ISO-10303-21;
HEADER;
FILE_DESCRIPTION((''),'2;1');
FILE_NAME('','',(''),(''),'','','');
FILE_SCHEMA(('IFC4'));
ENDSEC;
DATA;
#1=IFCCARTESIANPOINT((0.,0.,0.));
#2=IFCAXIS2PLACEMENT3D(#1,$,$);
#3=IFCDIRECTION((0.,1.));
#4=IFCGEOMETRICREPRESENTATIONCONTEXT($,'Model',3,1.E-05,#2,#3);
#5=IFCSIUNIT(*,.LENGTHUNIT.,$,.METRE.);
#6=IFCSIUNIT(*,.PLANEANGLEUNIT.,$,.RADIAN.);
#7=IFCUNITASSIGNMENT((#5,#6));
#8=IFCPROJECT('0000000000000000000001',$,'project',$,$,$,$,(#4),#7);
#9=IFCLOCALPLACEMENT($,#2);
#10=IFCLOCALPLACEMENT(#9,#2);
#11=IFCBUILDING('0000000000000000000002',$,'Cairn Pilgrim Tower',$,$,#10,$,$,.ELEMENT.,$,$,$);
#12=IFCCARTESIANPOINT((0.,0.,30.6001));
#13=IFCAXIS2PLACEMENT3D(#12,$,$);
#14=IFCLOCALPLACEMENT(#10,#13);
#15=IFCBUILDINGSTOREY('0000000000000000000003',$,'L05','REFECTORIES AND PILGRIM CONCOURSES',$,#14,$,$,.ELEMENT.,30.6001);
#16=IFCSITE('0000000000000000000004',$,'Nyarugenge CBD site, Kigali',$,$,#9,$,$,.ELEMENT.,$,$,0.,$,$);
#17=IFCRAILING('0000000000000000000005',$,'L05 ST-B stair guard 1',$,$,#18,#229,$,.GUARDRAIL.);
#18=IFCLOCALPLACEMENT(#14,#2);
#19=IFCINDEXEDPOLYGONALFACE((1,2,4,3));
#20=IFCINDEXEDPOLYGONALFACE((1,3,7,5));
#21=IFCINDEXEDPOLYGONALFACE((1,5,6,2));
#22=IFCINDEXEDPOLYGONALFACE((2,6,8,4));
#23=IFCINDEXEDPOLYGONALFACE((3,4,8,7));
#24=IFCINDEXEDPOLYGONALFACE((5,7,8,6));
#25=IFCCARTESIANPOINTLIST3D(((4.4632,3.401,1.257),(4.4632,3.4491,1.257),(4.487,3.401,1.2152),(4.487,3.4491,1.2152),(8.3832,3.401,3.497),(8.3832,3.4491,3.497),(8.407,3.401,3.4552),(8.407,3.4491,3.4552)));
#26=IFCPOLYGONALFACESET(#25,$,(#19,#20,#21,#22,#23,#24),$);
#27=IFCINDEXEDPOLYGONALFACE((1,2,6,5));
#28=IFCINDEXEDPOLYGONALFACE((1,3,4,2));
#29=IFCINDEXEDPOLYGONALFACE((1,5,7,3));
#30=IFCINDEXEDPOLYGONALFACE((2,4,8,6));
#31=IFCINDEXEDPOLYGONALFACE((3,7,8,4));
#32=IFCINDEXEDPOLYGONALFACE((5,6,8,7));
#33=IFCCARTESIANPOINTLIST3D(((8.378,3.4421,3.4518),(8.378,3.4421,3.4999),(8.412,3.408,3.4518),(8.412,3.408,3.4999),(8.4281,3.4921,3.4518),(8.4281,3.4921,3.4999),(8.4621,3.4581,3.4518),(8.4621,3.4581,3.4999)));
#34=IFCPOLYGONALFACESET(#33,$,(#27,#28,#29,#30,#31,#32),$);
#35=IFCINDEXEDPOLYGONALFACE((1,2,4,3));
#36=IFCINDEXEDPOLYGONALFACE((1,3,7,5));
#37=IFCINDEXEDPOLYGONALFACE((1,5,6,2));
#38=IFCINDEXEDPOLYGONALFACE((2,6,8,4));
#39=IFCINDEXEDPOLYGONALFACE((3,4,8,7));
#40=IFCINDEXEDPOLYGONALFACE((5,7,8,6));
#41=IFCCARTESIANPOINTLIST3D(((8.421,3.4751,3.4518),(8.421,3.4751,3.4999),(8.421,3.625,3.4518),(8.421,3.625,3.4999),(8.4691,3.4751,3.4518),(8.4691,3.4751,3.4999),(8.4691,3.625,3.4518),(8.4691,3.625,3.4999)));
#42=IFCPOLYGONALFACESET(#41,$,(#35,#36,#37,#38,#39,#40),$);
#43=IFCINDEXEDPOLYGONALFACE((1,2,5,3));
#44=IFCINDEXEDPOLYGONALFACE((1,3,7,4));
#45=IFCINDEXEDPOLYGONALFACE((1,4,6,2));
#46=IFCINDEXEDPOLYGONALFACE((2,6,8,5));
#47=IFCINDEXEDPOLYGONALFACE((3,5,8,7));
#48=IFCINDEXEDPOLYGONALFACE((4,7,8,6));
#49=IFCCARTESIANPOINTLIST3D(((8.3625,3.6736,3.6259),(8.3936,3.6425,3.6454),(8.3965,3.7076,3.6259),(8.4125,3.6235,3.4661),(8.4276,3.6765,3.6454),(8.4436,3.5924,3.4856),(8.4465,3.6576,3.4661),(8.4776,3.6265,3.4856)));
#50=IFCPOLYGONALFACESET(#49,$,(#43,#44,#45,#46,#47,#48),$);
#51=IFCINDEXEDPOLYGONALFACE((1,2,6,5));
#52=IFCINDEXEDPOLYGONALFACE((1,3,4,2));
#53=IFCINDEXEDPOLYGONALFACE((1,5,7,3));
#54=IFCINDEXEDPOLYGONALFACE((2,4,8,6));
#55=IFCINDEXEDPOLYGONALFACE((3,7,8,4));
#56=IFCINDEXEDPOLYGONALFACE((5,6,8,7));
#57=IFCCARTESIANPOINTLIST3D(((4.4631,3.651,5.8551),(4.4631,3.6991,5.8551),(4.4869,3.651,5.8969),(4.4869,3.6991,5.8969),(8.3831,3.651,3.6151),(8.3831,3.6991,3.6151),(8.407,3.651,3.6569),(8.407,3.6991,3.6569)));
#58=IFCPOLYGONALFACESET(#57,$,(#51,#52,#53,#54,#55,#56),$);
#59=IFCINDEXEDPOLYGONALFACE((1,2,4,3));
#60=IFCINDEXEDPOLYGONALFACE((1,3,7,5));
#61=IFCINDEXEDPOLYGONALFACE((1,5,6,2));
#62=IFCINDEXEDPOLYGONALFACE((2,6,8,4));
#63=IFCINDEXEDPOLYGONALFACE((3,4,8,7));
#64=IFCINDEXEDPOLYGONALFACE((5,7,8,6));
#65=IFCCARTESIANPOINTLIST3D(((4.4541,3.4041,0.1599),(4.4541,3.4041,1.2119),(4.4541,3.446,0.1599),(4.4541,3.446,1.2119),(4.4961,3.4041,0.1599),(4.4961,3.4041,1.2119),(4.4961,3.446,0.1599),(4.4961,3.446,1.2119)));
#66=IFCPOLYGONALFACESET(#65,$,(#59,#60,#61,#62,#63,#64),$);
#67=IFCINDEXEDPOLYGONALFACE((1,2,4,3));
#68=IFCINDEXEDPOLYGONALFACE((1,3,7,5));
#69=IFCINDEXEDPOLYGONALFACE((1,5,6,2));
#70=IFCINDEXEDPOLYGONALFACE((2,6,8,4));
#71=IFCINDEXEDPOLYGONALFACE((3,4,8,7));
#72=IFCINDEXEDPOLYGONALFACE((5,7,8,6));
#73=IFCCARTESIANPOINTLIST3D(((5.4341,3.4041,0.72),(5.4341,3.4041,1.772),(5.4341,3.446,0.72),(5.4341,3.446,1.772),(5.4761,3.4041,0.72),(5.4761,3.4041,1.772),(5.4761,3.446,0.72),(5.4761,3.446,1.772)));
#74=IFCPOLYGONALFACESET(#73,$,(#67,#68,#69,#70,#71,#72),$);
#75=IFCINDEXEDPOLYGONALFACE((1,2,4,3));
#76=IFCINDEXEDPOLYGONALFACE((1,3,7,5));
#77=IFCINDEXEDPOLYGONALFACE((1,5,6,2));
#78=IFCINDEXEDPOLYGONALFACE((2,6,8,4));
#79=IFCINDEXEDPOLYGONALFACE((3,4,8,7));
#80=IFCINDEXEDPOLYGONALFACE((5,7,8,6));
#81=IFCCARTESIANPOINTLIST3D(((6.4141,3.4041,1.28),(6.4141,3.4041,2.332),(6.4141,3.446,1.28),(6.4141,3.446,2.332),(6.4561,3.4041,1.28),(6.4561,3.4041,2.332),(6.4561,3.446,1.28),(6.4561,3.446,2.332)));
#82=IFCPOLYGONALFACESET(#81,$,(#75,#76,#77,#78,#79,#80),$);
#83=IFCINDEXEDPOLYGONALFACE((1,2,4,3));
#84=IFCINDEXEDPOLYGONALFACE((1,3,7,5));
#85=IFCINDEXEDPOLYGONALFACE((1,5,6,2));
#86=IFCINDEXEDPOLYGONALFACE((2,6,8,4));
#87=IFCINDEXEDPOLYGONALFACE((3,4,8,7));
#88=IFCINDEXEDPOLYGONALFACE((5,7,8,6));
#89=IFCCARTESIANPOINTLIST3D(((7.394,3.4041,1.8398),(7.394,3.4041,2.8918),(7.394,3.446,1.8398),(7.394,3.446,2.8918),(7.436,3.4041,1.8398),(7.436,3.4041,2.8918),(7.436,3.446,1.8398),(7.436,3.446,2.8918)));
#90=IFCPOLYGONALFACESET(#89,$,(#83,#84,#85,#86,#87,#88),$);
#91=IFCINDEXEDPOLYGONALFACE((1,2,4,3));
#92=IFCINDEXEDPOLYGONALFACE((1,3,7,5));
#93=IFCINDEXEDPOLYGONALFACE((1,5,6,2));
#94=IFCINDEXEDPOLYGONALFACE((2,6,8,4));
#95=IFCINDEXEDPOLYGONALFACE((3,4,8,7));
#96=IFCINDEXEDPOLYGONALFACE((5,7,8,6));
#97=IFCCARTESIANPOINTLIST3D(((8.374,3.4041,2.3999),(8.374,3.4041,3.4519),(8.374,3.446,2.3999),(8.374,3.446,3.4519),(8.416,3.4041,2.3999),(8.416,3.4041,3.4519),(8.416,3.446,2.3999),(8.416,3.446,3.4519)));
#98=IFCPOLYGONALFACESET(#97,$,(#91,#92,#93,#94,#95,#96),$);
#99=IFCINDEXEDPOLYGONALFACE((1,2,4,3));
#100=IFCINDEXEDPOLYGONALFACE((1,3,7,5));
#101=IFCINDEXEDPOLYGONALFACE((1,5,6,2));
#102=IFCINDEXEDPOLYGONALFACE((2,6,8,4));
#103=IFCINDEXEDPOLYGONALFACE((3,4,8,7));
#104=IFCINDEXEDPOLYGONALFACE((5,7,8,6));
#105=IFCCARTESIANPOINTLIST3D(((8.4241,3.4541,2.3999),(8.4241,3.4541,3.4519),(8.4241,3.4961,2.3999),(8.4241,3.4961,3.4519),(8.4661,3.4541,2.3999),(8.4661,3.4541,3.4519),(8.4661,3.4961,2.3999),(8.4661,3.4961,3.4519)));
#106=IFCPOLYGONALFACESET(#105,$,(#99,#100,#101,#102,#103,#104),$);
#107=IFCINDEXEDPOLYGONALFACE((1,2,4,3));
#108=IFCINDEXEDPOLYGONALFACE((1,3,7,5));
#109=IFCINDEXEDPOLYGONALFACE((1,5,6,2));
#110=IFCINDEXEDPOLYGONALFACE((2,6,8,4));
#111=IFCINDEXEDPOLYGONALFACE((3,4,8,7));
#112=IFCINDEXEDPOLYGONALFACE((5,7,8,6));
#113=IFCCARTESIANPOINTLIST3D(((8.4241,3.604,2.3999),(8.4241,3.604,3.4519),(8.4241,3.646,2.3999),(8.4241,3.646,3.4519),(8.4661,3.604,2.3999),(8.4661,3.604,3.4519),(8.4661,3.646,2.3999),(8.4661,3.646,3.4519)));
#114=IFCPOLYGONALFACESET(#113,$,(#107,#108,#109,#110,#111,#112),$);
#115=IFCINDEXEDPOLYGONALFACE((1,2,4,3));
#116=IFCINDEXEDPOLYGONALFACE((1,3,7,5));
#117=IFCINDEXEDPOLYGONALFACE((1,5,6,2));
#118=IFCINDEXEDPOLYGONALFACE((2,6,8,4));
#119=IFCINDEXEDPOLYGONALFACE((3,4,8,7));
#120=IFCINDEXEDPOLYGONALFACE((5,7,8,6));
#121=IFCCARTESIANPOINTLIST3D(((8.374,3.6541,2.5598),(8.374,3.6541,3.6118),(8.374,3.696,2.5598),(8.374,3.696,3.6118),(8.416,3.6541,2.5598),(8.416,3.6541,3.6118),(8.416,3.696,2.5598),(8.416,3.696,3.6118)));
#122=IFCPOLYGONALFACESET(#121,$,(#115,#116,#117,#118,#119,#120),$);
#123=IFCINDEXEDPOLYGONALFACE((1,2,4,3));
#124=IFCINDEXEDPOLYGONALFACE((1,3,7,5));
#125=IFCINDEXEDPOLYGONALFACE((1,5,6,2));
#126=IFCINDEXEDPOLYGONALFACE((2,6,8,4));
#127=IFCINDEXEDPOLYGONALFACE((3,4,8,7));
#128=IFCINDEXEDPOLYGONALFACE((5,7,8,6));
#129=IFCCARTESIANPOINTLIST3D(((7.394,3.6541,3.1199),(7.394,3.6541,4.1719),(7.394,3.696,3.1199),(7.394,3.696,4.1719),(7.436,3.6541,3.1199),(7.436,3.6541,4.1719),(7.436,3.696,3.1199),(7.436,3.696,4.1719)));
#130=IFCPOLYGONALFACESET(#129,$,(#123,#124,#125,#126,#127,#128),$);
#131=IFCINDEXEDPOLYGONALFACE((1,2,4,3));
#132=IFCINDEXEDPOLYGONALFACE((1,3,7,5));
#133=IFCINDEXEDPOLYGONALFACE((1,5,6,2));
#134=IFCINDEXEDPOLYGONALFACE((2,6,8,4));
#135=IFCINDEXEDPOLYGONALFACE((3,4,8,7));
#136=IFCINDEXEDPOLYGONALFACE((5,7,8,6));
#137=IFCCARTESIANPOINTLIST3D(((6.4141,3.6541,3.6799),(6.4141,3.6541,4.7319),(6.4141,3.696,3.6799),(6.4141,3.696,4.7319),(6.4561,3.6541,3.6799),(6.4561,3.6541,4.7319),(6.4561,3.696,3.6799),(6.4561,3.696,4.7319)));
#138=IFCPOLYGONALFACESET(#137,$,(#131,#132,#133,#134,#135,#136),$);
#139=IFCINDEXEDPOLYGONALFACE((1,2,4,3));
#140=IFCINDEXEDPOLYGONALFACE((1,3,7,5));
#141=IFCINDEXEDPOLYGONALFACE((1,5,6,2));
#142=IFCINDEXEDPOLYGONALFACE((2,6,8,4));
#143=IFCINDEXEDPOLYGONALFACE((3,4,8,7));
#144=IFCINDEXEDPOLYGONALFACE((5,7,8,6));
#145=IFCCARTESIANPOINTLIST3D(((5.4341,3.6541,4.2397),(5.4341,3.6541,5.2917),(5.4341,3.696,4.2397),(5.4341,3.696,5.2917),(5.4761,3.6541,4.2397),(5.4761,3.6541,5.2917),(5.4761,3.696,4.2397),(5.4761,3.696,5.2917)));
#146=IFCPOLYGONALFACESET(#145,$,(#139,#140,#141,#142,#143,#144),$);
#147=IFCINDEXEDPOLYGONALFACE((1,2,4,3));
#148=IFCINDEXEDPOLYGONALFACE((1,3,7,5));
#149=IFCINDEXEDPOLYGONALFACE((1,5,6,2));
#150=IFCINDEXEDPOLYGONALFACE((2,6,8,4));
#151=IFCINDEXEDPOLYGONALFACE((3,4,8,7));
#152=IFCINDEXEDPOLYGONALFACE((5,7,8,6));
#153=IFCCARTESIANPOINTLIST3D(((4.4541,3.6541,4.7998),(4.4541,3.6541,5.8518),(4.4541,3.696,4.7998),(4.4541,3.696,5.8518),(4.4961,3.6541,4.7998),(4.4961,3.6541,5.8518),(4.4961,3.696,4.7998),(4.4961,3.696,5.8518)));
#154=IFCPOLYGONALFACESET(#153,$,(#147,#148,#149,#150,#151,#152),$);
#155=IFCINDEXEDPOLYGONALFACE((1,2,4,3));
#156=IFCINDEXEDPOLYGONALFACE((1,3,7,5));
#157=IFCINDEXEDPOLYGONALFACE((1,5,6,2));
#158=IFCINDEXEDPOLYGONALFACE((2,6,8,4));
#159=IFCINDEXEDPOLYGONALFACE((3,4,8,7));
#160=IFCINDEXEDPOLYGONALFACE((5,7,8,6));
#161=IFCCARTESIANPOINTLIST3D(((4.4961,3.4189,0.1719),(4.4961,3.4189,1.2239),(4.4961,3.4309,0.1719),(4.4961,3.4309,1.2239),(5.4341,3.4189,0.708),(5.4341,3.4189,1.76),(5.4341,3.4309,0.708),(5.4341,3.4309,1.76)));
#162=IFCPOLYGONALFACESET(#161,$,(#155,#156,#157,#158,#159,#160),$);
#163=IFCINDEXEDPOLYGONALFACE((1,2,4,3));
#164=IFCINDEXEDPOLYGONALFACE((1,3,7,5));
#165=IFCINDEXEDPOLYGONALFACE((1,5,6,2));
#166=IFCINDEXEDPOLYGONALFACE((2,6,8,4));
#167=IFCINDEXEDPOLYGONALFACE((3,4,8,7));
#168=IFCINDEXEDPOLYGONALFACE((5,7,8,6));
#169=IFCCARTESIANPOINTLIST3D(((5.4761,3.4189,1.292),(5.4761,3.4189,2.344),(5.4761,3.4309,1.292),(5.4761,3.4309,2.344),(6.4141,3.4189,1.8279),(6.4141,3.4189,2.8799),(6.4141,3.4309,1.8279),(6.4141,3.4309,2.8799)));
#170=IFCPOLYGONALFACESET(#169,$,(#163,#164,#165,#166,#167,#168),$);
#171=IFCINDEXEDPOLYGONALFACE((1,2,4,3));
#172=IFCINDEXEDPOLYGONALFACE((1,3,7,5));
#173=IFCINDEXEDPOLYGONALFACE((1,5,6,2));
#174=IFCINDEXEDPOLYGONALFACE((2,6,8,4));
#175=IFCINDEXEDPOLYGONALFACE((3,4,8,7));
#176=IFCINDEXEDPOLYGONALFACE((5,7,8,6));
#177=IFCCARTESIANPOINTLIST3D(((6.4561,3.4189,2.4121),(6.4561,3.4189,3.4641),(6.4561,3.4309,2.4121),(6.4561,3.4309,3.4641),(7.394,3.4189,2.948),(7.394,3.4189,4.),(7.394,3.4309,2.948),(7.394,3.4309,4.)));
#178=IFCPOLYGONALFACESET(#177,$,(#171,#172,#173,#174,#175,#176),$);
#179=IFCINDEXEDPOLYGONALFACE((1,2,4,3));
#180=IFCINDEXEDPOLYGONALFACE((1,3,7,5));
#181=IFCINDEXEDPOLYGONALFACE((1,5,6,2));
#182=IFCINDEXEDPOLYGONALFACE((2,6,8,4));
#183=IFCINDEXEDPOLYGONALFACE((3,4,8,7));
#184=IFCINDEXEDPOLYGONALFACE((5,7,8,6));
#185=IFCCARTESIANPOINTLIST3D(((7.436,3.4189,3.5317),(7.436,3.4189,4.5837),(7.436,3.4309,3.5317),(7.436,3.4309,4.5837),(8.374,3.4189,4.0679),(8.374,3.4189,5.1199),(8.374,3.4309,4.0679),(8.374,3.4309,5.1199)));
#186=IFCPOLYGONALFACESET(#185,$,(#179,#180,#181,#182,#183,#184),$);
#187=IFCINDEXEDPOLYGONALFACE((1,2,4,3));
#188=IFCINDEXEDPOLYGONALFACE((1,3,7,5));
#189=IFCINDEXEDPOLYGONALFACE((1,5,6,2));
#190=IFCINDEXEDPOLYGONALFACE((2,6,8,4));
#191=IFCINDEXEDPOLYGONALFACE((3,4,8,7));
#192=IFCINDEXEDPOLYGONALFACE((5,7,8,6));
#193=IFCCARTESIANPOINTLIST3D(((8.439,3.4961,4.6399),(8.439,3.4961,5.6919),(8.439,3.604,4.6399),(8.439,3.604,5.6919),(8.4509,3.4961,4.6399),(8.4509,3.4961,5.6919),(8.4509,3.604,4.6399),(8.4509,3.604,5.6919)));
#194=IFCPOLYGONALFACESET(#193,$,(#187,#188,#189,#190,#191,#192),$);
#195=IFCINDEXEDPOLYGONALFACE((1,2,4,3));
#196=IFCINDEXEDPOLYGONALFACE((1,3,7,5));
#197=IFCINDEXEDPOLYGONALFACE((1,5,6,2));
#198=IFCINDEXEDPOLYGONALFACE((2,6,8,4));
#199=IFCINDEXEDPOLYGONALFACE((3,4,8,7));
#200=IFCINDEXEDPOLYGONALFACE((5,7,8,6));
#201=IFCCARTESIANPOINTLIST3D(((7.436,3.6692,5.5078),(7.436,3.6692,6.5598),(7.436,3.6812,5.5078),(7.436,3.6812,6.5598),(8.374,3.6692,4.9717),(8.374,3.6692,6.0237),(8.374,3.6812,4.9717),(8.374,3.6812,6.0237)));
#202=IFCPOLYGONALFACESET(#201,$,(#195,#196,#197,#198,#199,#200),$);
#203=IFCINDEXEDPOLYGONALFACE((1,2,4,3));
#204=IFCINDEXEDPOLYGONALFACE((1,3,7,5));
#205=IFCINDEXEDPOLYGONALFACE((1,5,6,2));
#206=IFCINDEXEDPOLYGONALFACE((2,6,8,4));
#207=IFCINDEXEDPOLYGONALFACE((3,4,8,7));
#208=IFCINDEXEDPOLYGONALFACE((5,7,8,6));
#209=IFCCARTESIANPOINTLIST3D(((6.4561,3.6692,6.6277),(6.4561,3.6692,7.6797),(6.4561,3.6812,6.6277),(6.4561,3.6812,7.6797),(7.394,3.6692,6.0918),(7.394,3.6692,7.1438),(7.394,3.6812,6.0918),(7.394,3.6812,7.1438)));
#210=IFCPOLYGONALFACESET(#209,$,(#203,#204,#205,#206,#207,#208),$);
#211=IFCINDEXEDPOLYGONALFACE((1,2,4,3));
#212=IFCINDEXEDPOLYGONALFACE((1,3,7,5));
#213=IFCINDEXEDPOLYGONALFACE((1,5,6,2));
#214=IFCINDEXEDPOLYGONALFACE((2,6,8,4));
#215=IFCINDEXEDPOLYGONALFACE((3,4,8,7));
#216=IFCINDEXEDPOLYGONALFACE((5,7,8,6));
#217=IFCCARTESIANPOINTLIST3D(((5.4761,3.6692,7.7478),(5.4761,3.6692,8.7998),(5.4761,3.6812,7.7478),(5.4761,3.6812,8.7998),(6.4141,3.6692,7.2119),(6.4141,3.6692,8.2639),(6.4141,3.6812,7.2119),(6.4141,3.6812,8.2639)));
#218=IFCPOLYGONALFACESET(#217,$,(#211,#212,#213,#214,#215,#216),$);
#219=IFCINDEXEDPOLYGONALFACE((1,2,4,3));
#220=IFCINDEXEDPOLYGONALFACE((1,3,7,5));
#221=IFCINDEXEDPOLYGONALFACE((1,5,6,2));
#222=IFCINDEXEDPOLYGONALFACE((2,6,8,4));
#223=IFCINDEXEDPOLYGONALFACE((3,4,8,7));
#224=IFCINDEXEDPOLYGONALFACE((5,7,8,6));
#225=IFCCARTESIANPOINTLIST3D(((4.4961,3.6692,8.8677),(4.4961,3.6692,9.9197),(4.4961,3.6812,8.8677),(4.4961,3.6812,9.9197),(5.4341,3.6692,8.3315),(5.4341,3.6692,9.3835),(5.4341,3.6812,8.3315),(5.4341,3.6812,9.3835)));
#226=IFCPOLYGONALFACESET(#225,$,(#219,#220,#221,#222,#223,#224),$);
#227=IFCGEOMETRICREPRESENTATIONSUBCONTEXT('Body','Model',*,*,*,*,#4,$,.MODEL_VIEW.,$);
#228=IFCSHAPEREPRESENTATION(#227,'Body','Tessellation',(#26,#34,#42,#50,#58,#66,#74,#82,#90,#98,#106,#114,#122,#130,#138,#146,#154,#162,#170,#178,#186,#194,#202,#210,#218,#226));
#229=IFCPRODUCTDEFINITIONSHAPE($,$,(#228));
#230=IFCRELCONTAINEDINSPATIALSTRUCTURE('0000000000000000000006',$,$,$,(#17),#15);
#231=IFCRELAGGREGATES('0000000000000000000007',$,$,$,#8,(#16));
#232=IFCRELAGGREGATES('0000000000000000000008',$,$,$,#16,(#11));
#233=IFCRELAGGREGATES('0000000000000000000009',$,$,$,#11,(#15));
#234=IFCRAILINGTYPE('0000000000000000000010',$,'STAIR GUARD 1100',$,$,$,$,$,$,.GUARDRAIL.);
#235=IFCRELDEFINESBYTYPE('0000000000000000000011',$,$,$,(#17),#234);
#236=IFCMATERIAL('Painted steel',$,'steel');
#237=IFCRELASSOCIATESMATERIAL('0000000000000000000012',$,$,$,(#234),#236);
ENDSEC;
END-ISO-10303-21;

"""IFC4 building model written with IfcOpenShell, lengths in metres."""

from ifc_helpers import new_model, si_unit, direction, frame, origin, origin_2d, place, context, subcontext, project, spatial, polyline, rectangle, outline, extrude, material, type_object, element, save


model = new_model("IFC4")

# Units and contexts
model_context = context("Model", 3, precision=1e-05, world=origin(), true_north=direction((0.0, 1.0)))
body_context = subcontext(model_context, "Body", "Model", "MODEL_VIEW")
ifc_project = project(units=[si_unit("LENGTHUNIT", "METRE"), si_unit("PLANEANGLEUNIT", "RADIAN")], contexts=[model_context])

# Site, building, storey
site_placement = place(None, origin())
site = spatial("IfcSite", under=ifc_project, at=site_placement, Name="Nyarugenge CBD site, Kigali", CompositionType="ELEMENT", RefElevation=0.0)
building_placement = place(site_placement, origin())
building = spatial("IfcBuilding", under=site, at=building_placement, Name="Cairn Pilgrim Tower", CompositionType="ELEMENT")
storey_placement = place(building_placement, frame((0.0, 0.0, 30.6001)))
storey = spatial("IfcBuildingStorey", under=building, at=storey_placement, Name="L05", Description="REFECTORIES AND PILGRIM CONCOURSES", CompositionType="ELEMENT", Elevation=30.6001)

# Shared definitions
ifc_material_1 = material(Name="Painted steel", Category="steel")

# Railing
railing_type_1 = type_object("IfcRailingType", Name="STAIR GUARD 1100", PredefinedType="GUARDRAIL", material=ifc_material_1)
railing_1_placement = place(storey_placement, frame((4.4751, 3.425, 0.1599)))
element("IfcRailing", 1, at=railing_1_placement, inside=storey, type_object=railing_type_1, Name="L05 ST-B stair guard 1", PredefinedType="GUARDRAIL", context=body_context, shape_type="SweptSolid", body=[
    extrude(rectangle(XDim=0.0481, YDim=0.0481, at=origin_2d()), frame((0.0, 0.0, 1.0762), z_axis=(0.86824, 0.0, 0.496145), x_axis=(0.0, 1.0, 0.0)), (0.0, 0.0, 1.0), 4.5149),
    extrude(rectangle(XDim=0.0481, YDim=0.0481, at=origin_2d()), frame((3.9199, 0.0, 3.3159), z_axis=(0.707107, 0.707107, 0.0), x_axis=(-0.707107, 0.707107, 0.0)), (0.0, 0.0, 1.0), 0.0708),
    extrude(rectangle(XDim=0.0481, YDim=0.0481, at=origin_2d()), frame((3.97, 0.05, 3.3159), z_axis=(0.0, 1.0, 0.0), x_axis=(-1.0, 0.0, 0.0)), (0.0, 0.0, 1.0), 0.1499),
    extrude(rectangle(XDim=0.0481, YDim=0.0481, at=origin_2d()), frame((3.97, 0.2, 3.3159), z_axis=(-0.286196, 0.286196, 0.914431), x_axis=(-0.707107, -0.707107, 0.0)), (0.0, 0.0, 1.0), 0.1748),
    extrude(rectangle(XDim=0.0481, YDim=0.0481, at=origin_2d()), frame((3.9199, 0.25, 3.4761), z_axis=(-0.86824, 0.0, 0.496145), x_axis=(0.0, -1.0, 0.0)), (0.0, 0.0, 1.0), 4.5149),
    extrude(rectangle(XDim=0.042, YDim=0.042, at=origin_2d()), origin(), (0.0, 0.0, 1.0), 1.052),
    extrude(rectangle(XDim=0.042, YDim=0.042, at=origin_2d()), frame((0.98, 0.0, 0.5601)), (0.0, 0.0, 1.0), 1.052),
    extrude(rectangle(XDim=0.042, YDim=0.042, at=origin_2d()), frame((1.96, 0.0, 1.1201)), (0.0, 0.0, 1.0), 1.052),
    extrude(rectangle(XDim=0.042, YDim=0.042, at=origin_2d()), frame((2.9399, 0.0, 1.6799)), (0.0, 0.0, 1.0), 1.052),
    extrude(rectangle(XDim=0.042, YDim=0.042, at=origin_2d()), frame((3.9199, 0.0, 2.24)), (0.0, 0.0, 1.0), 1.052),
    extrude(rectangle(XDim=0.042, YDim=0.042, at=origin_2d()), frame((3.97, 0.05, 2.24)), (0.0, 0.0, 1.0), 1.052),
    extrude(rectangle(XDim=0.042, YDim=0.042, at=origin_2d()), frame((3.97, 0.2, 2.24)), (0.0, 0.0, 1.0), 1.052),
    extrude(rectangle(XDim=0.042, YDim=0.042, at=origin_2d()), frame((3.9199, 0.25, 2.3999)), (0.0, 0.0, 1.0), 1.052),
    extrude(rectangle(XDim=0.042, YDim=0.042, at=origin_2d()), frame((2.9399, 0.25, 2.96)), (0.0, 0.0, 1.0), 1.052),
    extrude(rectangle(XDim=0.042, YDim=0.042, at=origin_2d()), frame((1.96, 0.25, 3.52)), (0.0, 0.0, 1.0), 1.052),
    extrude(rectangle(XDim=0.042, YDim=0.042, at=origin_2d()), frame((0.98, 0.25, 4.0798)), (0.0, 0.0, 1.0), 1.052),
    extrude(rectangle(XDim=0.042, YDim=0.042, at=origin_2d()), frame((0.0, 0.25, 4.6399)), (0.0, 0.0, 1.0), 1.052),
    extrude(outline(polyline([(0.021, 0.012), (0.959, 0.5481), (0.959, 1.6001), (0.021, 1.064), (0.021, 0.012)])), frame((0.0, 0.0059, 0.0), z_axis=(0.0, -1.0, 0.0), x_axis=(1.0, 0.0, 0.0)), (0.0, 0.0, 1.0), 0.012),
    extrude(outline(polyline([(0.021, 0.572), (0.959, 1.1079), (0.959, 2.1599), (0.021, 1.624), (0.021, 0.572)])), frame((0.98, 0.0059, 0.5601), z_axis=(0.0, -1.0, 0.0), x_axis=(1.0, 0.0, 0.0)), (0.0, 0.0, 1.0), 0.012),
    extrude(outline(polyline([(0.021, 1.1321), (0.959, 1.668), (0.959, 2.72), (0.021, 2.1841), (0.021, 1.1321)])), frame((1.96, 0.0059, 1.1201), z_axis=(0.0, -1.0, 0.0), x_axis=(1.0, 0.0, 0.0)), (0.0, 0.0, 1.0), 0.012),
    extrude(outline(polyline([(0.021, 1.6919), (0.959, 2.228), (0.959, 3.28), (0.021, 2.7439), (0.021, 1.6919)])), frame((2.9399, 0.0059, 1.6799), z_axis=(0.0, -1.0, 0.0), x_axis=(1.0, 0.0, 0.0)), (0.0, 0.0, 1.0), 0.012),
    extrude(outline(polyline([(0.021, 2.24), (0.1289, 2.24), (0.1289, 3.292), (0.021, 3.292), (0.021, 2.24)])), frame((3.9639, 0.05, 2.24), z_axis=(1.0, 0.0, 0.0), x_axis=(0.0, 1.0, 0.0)), (0.0, 0.0, 1.0), 0.012),
    extrude(outline(polyline([(0.021, 2.4119), (0.959, 2.948), (0.959, 4.0), (0.021, 3.4639), (0.021, 2.4119)])), frame((3.9199, 0.2441, 2.3999), z_axis=(0.0, 1.0, 0.0), x_axis=(-1.0, 0.0, 0.0)), (0.0, 0.0, 1.0), 0.012),
    extrude(outline(polyline([(0.021, 2.9719), (0.959, 3.5078), (0.959, 4.5598), (0.021, 4.0239), (0.021, 2.9719)])), frame((2.9399, 0.2441, 2.96), z_axis=(0.0, 1.0, 0.0), x_axis=(-1.0, 0.0, 0.0)), (0.0, 0.0, 1.0), 0.012),
    extrude(outline(polyline([(0.021, 3.532), (0.959, 4.0679), (0.959, 5.1199), (0.021, 4.584), (0.021, 3.532)])), frame((1.96, 0.2441, 3.52), z_axis=(0.0, 1.0, 0.0), x_axis=(-1.0, 0.0, 0.0)), (0.0, 0.0, 1.0), 0.012),
    extrude(outline(polyline([(0.021, 4.0918), (0.959, 4.6279), (0.959, 5.6799), (0.021, 5.1438), (0.021, 4.0918)])), frame((0.98, 0.2441, 4.0798), z_axis=(0.0, 1.0, 0.0), x_axis=(-1.0, 0.0, 0.0)), (0.0, 0.0, 1.0), 0.012),
])

save(model, "model.ifc")
